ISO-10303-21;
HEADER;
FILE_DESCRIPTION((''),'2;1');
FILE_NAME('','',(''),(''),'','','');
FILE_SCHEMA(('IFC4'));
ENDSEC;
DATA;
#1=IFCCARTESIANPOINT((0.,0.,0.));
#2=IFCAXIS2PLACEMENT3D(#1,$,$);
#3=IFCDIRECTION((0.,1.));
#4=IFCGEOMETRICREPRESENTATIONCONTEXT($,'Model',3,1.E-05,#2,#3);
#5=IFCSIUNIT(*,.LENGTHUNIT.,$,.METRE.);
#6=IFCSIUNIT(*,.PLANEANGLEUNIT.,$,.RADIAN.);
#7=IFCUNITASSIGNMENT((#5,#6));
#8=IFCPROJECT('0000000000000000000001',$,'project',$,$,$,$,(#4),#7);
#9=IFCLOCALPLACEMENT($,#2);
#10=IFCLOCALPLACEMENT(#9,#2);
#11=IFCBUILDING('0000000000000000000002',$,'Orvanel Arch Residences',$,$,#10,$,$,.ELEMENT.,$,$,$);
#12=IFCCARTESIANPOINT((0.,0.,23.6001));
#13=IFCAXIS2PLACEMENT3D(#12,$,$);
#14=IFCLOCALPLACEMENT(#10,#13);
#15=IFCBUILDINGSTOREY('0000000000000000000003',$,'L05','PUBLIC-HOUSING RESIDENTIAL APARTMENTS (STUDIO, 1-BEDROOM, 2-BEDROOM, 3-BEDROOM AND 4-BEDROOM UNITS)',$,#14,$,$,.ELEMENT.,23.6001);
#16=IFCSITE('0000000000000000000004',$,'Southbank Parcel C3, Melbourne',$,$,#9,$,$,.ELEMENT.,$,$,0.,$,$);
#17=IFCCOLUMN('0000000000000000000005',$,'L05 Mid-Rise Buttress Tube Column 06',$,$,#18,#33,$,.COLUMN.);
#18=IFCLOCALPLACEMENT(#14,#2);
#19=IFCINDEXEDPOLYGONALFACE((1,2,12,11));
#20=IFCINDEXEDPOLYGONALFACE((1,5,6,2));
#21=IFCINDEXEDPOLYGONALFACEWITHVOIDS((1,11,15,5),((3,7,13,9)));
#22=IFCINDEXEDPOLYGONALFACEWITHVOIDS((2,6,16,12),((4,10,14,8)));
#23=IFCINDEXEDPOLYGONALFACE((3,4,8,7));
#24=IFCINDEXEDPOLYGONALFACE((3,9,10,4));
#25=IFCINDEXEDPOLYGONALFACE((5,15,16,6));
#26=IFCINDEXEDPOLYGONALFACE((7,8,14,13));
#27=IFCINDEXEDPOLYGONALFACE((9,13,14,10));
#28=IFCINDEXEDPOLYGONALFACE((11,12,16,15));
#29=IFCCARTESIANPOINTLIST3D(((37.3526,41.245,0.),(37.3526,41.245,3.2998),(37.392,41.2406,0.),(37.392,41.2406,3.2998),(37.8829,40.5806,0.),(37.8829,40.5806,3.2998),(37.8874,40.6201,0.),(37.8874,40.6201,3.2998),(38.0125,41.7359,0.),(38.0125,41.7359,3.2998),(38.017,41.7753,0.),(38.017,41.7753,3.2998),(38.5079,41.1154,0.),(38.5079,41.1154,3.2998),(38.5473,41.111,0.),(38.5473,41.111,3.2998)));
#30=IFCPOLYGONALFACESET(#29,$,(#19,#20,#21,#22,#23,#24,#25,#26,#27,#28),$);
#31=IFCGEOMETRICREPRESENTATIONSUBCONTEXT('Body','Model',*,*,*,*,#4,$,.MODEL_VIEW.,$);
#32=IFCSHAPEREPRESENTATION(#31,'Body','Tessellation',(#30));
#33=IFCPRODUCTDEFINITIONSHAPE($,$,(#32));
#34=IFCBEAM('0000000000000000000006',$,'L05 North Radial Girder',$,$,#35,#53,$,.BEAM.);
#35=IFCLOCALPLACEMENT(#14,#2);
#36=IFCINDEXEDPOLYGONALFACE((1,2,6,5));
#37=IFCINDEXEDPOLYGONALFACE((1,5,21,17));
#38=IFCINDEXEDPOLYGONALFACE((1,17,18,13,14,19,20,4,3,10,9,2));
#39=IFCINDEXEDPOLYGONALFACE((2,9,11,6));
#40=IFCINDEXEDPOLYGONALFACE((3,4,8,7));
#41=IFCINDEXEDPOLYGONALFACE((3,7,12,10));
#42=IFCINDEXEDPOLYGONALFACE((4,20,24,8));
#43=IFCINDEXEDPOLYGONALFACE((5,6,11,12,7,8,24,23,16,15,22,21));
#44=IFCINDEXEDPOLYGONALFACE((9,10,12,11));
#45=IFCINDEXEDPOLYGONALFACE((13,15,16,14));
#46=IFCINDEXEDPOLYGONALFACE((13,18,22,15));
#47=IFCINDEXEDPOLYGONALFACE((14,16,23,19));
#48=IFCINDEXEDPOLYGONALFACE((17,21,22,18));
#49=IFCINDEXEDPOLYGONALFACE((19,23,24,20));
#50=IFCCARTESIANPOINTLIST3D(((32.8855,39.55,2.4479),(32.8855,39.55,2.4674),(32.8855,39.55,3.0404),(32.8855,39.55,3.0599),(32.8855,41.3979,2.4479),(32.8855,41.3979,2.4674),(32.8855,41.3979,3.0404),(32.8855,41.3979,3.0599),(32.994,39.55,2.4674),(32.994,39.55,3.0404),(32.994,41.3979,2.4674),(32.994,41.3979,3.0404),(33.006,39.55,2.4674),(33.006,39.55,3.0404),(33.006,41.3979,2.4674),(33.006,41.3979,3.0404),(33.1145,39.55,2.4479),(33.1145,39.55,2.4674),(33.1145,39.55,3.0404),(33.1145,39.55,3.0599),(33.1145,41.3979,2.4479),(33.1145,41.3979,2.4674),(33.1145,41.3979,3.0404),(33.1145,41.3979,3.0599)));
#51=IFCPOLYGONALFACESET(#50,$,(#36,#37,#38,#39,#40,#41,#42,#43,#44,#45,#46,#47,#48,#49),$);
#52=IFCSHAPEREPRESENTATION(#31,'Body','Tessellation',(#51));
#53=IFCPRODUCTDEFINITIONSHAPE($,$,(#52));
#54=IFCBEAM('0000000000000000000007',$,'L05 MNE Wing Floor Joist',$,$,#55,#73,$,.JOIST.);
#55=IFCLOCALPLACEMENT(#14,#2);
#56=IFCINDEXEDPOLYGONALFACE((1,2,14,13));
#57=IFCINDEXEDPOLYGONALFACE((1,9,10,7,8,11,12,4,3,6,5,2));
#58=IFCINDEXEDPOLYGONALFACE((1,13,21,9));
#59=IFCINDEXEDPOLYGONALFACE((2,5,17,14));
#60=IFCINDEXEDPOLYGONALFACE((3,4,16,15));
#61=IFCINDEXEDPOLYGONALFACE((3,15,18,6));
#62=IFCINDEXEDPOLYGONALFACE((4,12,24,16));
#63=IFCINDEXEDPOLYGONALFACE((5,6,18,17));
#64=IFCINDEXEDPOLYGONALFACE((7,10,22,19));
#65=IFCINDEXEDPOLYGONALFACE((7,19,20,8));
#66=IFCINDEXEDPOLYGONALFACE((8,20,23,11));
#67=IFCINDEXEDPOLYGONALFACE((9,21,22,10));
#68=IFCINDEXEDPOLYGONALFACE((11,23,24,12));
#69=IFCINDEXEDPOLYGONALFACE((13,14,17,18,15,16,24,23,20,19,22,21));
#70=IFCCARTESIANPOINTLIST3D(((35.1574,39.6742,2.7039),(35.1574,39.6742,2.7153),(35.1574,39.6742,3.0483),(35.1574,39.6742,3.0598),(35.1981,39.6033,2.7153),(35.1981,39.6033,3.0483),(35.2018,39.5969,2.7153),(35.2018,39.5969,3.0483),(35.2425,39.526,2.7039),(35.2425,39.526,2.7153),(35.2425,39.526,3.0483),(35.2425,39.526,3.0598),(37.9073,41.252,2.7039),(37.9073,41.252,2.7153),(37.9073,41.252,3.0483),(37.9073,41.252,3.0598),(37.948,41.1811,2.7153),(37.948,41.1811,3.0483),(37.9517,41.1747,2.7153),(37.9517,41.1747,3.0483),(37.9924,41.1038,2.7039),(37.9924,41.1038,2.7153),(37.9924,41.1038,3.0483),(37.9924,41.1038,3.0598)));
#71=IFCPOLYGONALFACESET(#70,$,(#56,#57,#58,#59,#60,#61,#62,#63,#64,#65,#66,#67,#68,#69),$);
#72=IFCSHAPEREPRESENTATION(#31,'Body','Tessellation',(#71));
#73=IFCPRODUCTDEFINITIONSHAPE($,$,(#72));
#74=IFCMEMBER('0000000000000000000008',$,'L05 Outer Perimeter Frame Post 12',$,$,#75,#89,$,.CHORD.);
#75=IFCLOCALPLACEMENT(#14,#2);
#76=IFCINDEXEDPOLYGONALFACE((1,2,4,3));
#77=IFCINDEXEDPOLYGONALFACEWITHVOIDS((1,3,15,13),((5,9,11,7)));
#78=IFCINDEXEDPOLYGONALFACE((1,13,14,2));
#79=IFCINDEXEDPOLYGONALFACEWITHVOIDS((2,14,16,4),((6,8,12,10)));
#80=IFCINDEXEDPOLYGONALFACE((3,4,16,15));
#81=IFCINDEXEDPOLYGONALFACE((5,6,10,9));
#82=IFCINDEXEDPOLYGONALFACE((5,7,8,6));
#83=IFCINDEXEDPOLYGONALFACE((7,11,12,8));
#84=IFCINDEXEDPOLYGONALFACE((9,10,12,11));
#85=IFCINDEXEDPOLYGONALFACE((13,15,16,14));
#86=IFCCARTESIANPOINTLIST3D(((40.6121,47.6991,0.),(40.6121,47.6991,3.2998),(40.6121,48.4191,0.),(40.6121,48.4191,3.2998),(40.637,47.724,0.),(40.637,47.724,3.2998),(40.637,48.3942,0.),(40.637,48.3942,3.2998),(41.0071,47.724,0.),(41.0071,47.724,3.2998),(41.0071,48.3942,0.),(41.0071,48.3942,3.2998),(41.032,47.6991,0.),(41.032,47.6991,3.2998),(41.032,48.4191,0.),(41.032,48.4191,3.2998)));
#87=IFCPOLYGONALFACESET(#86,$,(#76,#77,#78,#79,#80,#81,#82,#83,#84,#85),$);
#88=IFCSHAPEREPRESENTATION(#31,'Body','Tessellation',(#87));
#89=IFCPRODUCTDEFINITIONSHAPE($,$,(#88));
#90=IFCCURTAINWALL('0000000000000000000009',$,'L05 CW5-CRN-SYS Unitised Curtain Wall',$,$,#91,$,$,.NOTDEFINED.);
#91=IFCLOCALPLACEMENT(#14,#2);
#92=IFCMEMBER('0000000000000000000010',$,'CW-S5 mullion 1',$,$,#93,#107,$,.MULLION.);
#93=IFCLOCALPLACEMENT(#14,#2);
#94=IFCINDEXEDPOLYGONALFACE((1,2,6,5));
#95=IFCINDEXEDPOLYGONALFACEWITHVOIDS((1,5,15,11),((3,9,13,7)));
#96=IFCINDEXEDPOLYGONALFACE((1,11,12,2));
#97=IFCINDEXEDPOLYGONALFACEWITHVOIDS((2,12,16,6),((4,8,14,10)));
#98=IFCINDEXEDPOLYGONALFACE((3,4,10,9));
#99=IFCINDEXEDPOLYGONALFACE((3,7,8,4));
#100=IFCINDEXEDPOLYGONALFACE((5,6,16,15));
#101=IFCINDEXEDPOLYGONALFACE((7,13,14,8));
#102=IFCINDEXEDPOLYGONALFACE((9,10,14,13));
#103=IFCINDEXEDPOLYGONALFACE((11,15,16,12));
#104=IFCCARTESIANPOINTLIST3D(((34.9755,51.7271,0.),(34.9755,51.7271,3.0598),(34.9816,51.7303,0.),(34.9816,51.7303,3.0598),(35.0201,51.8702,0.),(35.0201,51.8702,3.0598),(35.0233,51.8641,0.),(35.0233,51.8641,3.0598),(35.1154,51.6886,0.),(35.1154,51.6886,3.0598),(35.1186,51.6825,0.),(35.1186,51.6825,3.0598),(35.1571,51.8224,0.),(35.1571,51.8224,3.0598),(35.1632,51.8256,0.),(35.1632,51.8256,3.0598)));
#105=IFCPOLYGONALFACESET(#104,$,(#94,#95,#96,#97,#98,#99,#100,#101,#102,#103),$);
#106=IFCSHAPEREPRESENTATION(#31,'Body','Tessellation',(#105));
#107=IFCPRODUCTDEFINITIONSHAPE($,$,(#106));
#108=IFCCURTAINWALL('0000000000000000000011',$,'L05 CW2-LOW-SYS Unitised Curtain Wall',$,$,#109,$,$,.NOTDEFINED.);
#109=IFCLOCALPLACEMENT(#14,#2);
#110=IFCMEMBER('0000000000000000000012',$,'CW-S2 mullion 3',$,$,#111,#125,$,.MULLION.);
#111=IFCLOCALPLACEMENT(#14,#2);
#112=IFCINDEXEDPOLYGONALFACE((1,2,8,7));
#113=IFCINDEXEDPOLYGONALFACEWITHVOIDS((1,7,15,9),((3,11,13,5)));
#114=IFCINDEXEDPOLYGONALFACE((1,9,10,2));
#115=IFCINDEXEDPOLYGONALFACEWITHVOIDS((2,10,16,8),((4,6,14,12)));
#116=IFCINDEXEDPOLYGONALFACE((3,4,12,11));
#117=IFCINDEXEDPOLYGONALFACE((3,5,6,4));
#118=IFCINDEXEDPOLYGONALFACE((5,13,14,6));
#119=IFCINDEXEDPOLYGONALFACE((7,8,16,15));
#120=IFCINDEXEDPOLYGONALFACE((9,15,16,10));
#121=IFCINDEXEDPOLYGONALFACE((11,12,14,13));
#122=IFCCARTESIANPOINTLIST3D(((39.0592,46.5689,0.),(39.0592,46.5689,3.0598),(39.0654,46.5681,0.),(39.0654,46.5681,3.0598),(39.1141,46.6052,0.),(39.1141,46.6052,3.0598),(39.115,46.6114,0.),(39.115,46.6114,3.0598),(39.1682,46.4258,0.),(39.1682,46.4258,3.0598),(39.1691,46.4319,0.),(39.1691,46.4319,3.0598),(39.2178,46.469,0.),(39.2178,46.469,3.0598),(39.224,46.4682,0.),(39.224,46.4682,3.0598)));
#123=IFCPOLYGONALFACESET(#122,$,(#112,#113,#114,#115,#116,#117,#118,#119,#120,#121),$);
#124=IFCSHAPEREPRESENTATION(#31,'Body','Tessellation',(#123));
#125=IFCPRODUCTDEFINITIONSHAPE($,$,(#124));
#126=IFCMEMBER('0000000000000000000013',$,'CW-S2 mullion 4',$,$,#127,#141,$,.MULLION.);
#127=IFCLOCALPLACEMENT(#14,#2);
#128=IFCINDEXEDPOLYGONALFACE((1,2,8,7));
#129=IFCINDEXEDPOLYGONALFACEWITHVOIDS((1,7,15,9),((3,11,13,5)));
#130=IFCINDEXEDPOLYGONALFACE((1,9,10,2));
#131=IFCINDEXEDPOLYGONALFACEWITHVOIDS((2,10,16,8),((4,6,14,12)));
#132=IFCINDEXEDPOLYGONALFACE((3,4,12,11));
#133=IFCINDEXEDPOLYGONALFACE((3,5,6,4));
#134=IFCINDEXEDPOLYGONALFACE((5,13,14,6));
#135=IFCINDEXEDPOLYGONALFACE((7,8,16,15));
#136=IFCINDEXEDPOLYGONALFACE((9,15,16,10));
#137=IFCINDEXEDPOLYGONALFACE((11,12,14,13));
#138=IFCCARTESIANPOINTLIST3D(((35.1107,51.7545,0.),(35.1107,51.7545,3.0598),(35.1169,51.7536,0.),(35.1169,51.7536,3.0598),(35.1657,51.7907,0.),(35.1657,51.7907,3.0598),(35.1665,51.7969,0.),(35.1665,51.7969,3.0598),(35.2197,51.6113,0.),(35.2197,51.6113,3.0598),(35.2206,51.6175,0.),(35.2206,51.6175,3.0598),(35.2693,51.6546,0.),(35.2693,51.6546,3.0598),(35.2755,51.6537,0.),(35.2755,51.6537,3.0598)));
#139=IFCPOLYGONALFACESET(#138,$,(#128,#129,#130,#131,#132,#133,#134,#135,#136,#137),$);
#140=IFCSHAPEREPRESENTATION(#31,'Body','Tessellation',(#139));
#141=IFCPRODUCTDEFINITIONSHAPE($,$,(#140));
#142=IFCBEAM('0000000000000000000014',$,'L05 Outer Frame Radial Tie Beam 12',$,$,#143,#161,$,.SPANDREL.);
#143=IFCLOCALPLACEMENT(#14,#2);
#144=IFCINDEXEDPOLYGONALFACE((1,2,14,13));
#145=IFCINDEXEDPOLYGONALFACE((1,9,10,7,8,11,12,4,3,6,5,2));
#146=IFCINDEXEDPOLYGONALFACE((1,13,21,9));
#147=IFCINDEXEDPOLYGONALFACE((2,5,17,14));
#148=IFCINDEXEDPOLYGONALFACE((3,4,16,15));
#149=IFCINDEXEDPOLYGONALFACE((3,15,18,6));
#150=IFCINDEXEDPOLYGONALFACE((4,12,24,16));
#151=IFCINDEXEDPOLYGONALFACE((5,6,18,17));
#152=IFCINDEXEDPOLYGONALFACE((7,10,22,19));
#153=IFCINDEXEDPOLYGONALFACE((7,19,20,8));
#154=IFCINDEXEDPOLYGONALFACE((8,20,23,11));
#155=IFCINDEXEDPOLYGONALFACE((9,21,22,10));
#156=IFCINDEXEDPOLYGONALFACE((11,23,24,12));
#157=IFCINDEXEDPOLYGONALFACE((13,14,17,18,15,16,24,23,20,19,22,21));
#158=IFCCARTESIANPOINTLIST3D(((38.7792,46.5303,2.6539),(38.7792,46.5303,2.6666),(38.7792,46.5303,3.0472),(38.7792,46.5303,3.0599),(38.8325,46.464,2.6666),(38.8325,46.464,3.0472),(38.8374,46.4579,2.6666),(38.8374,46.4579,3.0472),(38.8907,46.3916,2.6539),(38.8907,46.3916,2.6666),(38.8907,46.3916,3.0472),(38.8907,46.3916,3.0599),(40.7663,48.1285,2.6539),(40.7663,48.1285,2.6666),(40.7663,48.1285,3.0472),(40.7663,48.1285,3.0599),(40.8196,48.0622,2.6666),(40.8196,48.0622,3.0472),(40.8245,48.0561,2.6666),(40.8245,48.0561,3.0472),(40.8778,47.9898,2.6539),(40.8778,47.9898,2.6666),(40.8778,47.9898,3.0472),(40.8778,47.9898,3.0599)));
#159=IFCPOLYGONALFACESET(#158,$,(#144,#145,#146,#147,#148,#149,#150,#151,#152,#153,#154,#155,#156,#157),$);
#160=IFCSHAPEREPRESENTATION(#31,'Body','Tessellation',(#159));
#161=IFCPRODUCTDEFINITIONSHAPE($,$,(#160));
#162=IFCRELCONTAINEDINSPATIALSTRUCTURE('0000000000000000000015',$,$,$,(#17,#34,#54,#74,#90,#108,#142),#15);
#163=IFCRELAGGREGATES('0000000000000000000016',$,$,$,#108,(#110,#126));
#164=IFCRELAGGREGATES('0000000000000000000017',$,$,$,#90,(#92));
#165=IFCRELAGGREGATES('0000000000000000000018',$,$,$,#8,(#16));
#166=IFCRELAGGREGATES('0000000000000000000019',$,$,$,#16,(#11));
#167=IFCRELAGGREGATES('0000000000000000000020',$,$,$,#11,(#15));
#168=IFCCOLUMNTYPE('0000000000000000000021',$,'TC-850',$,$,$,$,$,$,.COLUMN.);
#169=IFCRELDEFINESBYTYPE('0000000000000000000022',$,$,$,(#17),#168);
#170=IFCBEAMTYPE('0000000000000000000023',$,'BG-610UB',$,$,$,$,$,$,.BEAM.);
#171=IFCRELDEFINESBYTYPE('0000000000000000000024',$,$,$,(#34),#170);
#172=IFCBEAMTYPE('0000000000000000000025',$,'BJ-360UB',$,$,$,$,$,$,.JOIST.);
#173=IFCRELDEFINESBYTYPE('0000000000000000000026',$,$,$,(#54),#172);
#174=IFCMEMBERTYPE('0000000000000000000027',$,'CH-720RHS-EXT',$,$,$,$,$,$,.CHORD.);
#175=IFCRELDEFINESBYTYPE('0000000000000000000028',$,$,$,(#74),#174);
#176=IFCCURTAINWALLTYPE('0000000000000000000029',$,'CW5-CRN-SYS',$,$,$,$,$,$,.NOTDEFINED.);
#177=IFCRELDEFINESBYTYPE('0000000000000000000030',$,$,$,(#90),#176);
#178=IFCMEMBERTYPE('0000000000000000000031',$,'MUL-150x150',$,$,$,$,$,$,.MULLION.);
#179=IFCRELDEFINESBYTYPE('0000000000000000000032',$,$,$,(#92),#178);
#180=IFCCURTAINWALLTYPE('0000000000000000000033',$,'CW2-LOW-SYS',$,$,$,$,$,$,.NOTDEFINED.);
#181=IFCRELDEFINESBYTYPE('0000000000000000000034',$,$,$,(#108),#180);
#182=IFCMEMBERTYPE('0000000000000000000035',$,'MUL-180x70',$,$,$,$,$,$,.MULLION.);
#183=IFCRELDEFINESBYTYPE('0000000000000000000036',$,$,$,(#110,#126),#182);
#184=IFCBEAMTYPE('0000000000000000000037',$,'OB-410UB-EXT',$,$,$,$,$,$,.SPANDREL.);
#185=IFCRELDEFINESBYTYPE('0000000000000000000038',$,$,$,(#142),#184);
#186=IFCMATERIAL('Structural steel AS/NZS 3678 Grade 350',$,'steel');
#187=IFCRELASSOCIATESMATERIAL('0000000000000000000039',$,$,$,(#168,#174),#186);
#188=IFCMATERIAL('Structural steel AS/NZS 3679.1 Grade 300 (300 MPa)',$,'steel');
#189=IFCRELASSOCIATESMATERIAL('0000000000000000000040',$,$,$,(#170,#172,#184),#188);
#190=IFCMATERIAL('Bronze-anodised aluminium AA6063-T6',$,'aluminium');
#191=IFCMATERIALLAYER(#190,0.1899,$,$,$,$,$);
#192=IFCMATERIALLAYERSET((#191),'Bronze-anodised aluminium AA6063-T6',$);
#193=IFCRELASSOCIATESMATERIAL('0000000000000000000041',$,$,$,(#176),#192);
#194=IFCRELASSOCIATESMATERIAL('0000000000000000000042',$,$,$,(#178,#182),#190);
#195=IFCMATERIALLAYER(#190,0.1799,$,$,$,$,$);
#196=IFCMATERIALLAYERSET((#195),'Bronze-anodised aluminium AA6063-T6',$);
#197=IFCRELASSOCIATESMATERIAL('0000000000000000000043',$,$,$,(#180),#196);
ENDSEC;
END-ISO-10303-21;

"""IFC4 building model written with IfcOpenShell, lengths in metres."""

from ifc_helpers import new_model, si_unit, direction, frame, origin, origin_2d, place, context, subcontext, project, spatial, hollow_rectangle, i_section, extrude, material, layer, layer_set, material_profile, profile_set, type_object, element, aggregate, save


model = new_model("IFC4")

# Units and contexts
model_context = context("Model", 3, precision=1e-05, world=origin(), true_north=direction((0.0, 1.0)))
body_context = subcontext(model_context, "Body", "Model", "MODEL_VIEW")
ifc_project = project(units=[si_unit("LENGTHUNIT", "METRE"), si_unit("PLANEANGLEUNIT", "RADIAN")], contexts=[model_context])

# Site, building, storey
site_placement = place(None, origin())
site = spatial("IfcSite", under=ifc_project, at=site_placement, Name="Southbank Parcel C3, Melbourne", CompositionType="ELEMENT", RefElevation=0.0)
building_placement = place(site_placement, origin())
building = spatial("IfcBuilding", under=site, at=building_placement, Name="Orvanel Arch Residences", CompositionType="ELEMENT")
storey_placement = place(building_placement, frame((0.0, 0.0, 23.6001)))
storey = spatial("IfcBuildingStorey", under=building, at=storey_placement, Name="L05", Description="PUBLIC-HOUSING RESIDENTIAL APARTMENTS (STUDIO, 1-BEDROOM, 2-BEDROOM, 3-BEDROOM AND 4-BEDROOM UNITS)", CompositionType="ELEMENT", Elevation=23.6001)

# Column
ifc_material_1 = material(Name="Structural steel AS/NZS 3678 Grade 350", Category="steel")
ifc_material_profile_1 = material_profile(ifc_material_1, hollow_rectangle(XDim=0.8501, YDim=0.8501, WallThickness=0.0281, at=origin_2d()), Name="BOX850x850x28")
ifc_profile_set_1 = profile_set([ifc_material_profile_1], Name="Structural steel AS/NZS 3678 Grade 350")
column_type = type_object("IfcColumnType", Name="TC-850", PredefinedType="COLUMN", material=ifc_profile_set_1)
column_placement = place(storey_placement, frame((37.95, 41.178, 0.0), z_axis=(0.0, 0.0, 1.0), x_axis=(-0.62388, 0.78152, 0.0)))
element("IfcColumn", 1, at=column_placement, inside=storey, type_object=column_type, Name="L05 Mid-Rise Buttress Tube Column 06", PredefinedType="COLUMN", context=body_context, shape_type="SweptSolid", body=[
    extrude(hollow_rectangle(XDim=0.8501, YDim=0.8501, WallThickness=0.0281, at=origin_2d()), origin(), (0.0, 0.0, 1.0), 3.2998),
])

# Beams
ifc_material_2 = material(Name="Structural steel AS/NZS 3679.1 Grade 300 (300 MPa)", Category="steel")
ifc_material_profile_2 = material_profile(ifc_material_2, i_section(OverallWidth=0.229, OverallDepth=0.6121, WebThickness=0.012, FlangeThickness=0.0195, at=origin_2d()), Name="610UB125")
ifc_profile_set_2 = profile_set([ifc_material_profile_2], Name="Structural steel AS/NZS 3679.1 Grade 300 (300 MPa)")
beam_type_1 = type_object("IfcBeamType", Name="BG-610UB", PredefinedType="BEAM", material=ifc_profile_set_2)
beam_1_placement = place(storey_placement, frame((33.0, 39.55, 2.7539), z_axis=(0.0, 1.0, 0.0), x_axis=(-1.0, 0.0, 0.0)))
element("IfcBeam", 2, at=beam_1_placement, inside=storey, type_object=beam_type_1, Name="L05 North Radial Girder", PredefinedType="BEAM", context=body_context, shape_type="SweptSolid", body=[
    extrude(i_section(OverallWidth=0.229, OverallDepth=0.6121, WebThickness=0.012, FlangeThickness=0.0195, at=origin_2d()), origin(), (0.0, 0.0, 1.0), 1.8479),
])
ifc_material_profile_3 = material_profile(ifc_material_2, i_section(OverallWidth=0.1709, OverallDepth=0.356, WebThickness=0.0073, FlangeThickness=0.0115, at=origin_2d()), Name="360UB50.7")
ifc_profile_set_3 = profile_set([ifc_material_profile_3], Name="Structural steel AS/NZS 3679.1 Grade 300 (300 MPa)")
beam_type_2 = type_object("IfcBeamType", Name="BJ-360UB", PredefinedType="JOIST", material=ifc_profile_set_3)
beam_2_placement = place(storey_placement, frame((35.2, 39.6001, 2.8818), z_axis=(0.867365, 0.497672, 0.0), x_axis=(-0.497672, 0.867365, 0.0)))
element("IfcBeam", 3, at=beam_2_placement, inside=storey, type_object=beam_type_2, Name="L05 MNE Wing Floor Joist", PredefinedType="JOIST", context=body_context, shape_type="SweptSolid", body=[
    extrude(i_section(OverallWidth=0.1709, OverallDepth=0.356, WebThickness=0.0073, FlangeThickness=0.0115, at=origin_2d()), origin(), (0.0, 0.0, 1.0), 3.1704),
])

# Member
ifc_material_profile_4 = material_profile(ifc_material_1, hollow_rectangle(XDim=0.4199, YDim=0.72, WallThickness=0.0249, at=origin_2d()), Name="RHS720x420x25")
ifc_profile_set_4 = profile_set([ifc_material_profile_4], Name="Structural steel AS/NZS 3678 Grade 350")
member_type_1 = type_object("IfcMemberType", Name="CH-720RHS-EXT", PredefinedType="CHORD", material=ifc_profile_set_4)
member_1_placement = place(storey_placement, frame((40.822, 48.0591, 0.0), z_axis=(0.0, 0.0, 1.0), x_axis=(1.0, 0.0, 0.0)))
element("IfcMember", 4, at=member_1_placement, inside=storey, type_object=member_type_1, Name="L05 Outer Perimeter Frame Post 12", PredefinedType="CHORD", context=body_context, shape_type="SweptSolid", body=[
    extrude(hollow_rectangle(XDim=0.4199, YDim=0.72, WallThickness=0.0249, at=origin_2d()), origin(), (0.0, 0.0, 1.0), 3.2998),
])

# Curtain wall, member
ifc_material_3 = material(Name="Bronze-anodised aluminium AA6063-T6", Category="aluminium")
ifc_layer_1 = layer(ifc_material_3, 0.1899)
ifc_layer_set_1 = layer_set([ifc_layer_1], Name="Bronze-anodised aluminium AA6063-T6")
curtain_wall_type_1 = type_object("IfcCurtainWallType", Name="CW5-CRN-SYS", PredefinedType="NOTDEFINED", material=ifc_layer_set_1)
curtain_wall_1_placement = place(storey_placement, origin())
curtain_wall_1 = element("IfcCurtainWall", 5, at=curtain_wall_1_placement, inside=storey, type_object=curtain_wall_type_1, Name="L05 CW5-CRN-SYS Unitised Curtain Wall", PredefinedType="NOTDEFINED")
ifc_material_profile_5 = material_profile(ifc_material_3, hollow_rectangle(XDim=0.1499, YDim=0.1499, WallThickness=0.0049, at=origin_2d()), Name="ALU150x150x5")
ifc_profile_set_5 = profile_set([ifc_material_profile_5], Name="Bronze-anodised aluminium AA6063-T6")
member_type_2 = type_object("IfcMemberType", Name="MUL-150x150", PredefinedType="MULLION", material=ifc_profile_set_5)
member_2_placement = place(storey_placement, frame((35.0693, 51.7764, 0.0), z_axis=(0.0, 0.0, 1.0), x_axis=(-0.297318, -0.954778, 0.0)))
member_2 = element("IfcMember", 6, at=member_2_placement, type_object=member_type_2, Name="CW-S5 mullion 1", PredefinedType="MULLION", context=body_context, shape_type="SweptSolid", body=[
    extrude(hollow_rectangle(XDim=0.1499, YDim=0.1499, WallThickness=0.0049, at=origin_2d()), origin(), (0.0, 0.0, 1.0), 3.0598),
])

# Curtain wall, members
ifc_layer_2 = layer(ifc_material_3, 0.1799)
ifc_layer_set_2 = layer_set([ifc_layer_2], Name="Bronze-anodised aluminium AA6063-T6")
curtain_wall_type_2 = type_object("IfcCurtainWallType", Name="CW2-LOW-SYS", PredefinedType="NOTDEFINED", material=ifc_layer_set_2)
curtain_wall_2_placement = place(storey_placement, origin())
curtain_wall_2 = element("IfcCurtainWall", 7, at=curtain_wall_2_placement, inside=storey, type_object=curtain_wall_type_2, Name="L05 CW2-LOW-SYS Unitised Curtain Wall", PredefinedType="NOTDEFINED")
ifc_material_profile_6 = material_profile(ifc_material_3, hollow_rectangle(XDim=0.0701, YDim=0.1799, WallThickness=0.0044, at=origin_2d()), Name="ALU180x70x4.5")
ifc_profile_set_6 = profile_set([ifc_material_profile_6], Name="Bronze-anodised aluminium AA6063-T6")
member_type_3 = type_object("IfcMemberType", Name="MUL-180x70", PredefinedType="MULLION", material=ifc_profile_set_6)
member_3_placement = place(storey_placement, frame((39.1416, 46.5186, 0.0), z_axis=(0.0, 0.0, 1.0), x_axis=(-0.795608, -0.605812, 0.0)))
member_3 = element("IfcMember", 8, at=member_3_placement, type_object=member_type_3, Name="CW-S2 mullion 3", PredefinedType="MULLION", context=body_context, shape_type="SweptSolid", body=[
    extrude(hollow_rectangle(XDim=0.0701, YDim=0.1799, WallThickness=0.0044, at=origin_2d()), origin(), (0.0, 0.0, 1.0), 3.0598),
])
member_4_placement = place(storey_placement, frame((35.1931, 51.7041, 0.0), z_axis=(0.0, 0.0, 1.0), x_axis=(-0.795608, -0.605812, 0.0)))
member_4 = element("IfcMember", 9, at=member_4_placement, type_object=member_type_3, Name="CW-S2 mullion 4", PredefinedType="MULLION", context=body_context, shape_type="SweptSolid", body=[
    extrude(hollow_rectangle(XDim=0.0701, YDim=0.1799, WallThickness=0.0044, at=origin_2d()), origin(), (0.0, 0.0, 1.0), 3.0598),
])

# Beam
ifc_material_profile_7 = material_profile(ifc_material_2, i_section(OverallWidth=0.178, OverallDepth=0.406, WebThickness=0.0078, FlangeThickness=0.0127, at=origin_2d()), Name="410UB59.7")
ifc_profile_set_7 = profile_set([ifc_material_profile_7], Name="Structural steel AS/NZS 3679.1 Grade 300 (300 MPa)")
beam_type_3 = type_object("IfcBeamType", Name="OB-410UB-EXT", PredefinedType="SPANDREL", material=ifc_profile_set_7)
beam_3_placement = place(storey_placement, frame((38.835, 46.4609, 2.8569), z_axis=(0.779241, 0.626725, 0.0), x_axis=(-0.626725, 0.779241, 0.0)))
element("IfcBeam", 10, at=beam_3_placement, inside=storey, type_object=beam_type_3, Name="L05 Outer Frame Radial Tie Beam 12", PredefinedType="SPANDREL", context=body_context, shape_type="SweptSolid", body=[
    extrude(i_section(OverallWidth=0.178, OverallDepth=0.406, WebThickness=0.0078, FlangeThickness=0.0127, at=origin_2d()), origin(), (0.0, 0.0, 1.0), 2.55),
])

aggregate(curtain_wall_2, [member_3, member_4])
aggregate(curtain_wall_1, [member_2])

save(model, "model.ifc")
